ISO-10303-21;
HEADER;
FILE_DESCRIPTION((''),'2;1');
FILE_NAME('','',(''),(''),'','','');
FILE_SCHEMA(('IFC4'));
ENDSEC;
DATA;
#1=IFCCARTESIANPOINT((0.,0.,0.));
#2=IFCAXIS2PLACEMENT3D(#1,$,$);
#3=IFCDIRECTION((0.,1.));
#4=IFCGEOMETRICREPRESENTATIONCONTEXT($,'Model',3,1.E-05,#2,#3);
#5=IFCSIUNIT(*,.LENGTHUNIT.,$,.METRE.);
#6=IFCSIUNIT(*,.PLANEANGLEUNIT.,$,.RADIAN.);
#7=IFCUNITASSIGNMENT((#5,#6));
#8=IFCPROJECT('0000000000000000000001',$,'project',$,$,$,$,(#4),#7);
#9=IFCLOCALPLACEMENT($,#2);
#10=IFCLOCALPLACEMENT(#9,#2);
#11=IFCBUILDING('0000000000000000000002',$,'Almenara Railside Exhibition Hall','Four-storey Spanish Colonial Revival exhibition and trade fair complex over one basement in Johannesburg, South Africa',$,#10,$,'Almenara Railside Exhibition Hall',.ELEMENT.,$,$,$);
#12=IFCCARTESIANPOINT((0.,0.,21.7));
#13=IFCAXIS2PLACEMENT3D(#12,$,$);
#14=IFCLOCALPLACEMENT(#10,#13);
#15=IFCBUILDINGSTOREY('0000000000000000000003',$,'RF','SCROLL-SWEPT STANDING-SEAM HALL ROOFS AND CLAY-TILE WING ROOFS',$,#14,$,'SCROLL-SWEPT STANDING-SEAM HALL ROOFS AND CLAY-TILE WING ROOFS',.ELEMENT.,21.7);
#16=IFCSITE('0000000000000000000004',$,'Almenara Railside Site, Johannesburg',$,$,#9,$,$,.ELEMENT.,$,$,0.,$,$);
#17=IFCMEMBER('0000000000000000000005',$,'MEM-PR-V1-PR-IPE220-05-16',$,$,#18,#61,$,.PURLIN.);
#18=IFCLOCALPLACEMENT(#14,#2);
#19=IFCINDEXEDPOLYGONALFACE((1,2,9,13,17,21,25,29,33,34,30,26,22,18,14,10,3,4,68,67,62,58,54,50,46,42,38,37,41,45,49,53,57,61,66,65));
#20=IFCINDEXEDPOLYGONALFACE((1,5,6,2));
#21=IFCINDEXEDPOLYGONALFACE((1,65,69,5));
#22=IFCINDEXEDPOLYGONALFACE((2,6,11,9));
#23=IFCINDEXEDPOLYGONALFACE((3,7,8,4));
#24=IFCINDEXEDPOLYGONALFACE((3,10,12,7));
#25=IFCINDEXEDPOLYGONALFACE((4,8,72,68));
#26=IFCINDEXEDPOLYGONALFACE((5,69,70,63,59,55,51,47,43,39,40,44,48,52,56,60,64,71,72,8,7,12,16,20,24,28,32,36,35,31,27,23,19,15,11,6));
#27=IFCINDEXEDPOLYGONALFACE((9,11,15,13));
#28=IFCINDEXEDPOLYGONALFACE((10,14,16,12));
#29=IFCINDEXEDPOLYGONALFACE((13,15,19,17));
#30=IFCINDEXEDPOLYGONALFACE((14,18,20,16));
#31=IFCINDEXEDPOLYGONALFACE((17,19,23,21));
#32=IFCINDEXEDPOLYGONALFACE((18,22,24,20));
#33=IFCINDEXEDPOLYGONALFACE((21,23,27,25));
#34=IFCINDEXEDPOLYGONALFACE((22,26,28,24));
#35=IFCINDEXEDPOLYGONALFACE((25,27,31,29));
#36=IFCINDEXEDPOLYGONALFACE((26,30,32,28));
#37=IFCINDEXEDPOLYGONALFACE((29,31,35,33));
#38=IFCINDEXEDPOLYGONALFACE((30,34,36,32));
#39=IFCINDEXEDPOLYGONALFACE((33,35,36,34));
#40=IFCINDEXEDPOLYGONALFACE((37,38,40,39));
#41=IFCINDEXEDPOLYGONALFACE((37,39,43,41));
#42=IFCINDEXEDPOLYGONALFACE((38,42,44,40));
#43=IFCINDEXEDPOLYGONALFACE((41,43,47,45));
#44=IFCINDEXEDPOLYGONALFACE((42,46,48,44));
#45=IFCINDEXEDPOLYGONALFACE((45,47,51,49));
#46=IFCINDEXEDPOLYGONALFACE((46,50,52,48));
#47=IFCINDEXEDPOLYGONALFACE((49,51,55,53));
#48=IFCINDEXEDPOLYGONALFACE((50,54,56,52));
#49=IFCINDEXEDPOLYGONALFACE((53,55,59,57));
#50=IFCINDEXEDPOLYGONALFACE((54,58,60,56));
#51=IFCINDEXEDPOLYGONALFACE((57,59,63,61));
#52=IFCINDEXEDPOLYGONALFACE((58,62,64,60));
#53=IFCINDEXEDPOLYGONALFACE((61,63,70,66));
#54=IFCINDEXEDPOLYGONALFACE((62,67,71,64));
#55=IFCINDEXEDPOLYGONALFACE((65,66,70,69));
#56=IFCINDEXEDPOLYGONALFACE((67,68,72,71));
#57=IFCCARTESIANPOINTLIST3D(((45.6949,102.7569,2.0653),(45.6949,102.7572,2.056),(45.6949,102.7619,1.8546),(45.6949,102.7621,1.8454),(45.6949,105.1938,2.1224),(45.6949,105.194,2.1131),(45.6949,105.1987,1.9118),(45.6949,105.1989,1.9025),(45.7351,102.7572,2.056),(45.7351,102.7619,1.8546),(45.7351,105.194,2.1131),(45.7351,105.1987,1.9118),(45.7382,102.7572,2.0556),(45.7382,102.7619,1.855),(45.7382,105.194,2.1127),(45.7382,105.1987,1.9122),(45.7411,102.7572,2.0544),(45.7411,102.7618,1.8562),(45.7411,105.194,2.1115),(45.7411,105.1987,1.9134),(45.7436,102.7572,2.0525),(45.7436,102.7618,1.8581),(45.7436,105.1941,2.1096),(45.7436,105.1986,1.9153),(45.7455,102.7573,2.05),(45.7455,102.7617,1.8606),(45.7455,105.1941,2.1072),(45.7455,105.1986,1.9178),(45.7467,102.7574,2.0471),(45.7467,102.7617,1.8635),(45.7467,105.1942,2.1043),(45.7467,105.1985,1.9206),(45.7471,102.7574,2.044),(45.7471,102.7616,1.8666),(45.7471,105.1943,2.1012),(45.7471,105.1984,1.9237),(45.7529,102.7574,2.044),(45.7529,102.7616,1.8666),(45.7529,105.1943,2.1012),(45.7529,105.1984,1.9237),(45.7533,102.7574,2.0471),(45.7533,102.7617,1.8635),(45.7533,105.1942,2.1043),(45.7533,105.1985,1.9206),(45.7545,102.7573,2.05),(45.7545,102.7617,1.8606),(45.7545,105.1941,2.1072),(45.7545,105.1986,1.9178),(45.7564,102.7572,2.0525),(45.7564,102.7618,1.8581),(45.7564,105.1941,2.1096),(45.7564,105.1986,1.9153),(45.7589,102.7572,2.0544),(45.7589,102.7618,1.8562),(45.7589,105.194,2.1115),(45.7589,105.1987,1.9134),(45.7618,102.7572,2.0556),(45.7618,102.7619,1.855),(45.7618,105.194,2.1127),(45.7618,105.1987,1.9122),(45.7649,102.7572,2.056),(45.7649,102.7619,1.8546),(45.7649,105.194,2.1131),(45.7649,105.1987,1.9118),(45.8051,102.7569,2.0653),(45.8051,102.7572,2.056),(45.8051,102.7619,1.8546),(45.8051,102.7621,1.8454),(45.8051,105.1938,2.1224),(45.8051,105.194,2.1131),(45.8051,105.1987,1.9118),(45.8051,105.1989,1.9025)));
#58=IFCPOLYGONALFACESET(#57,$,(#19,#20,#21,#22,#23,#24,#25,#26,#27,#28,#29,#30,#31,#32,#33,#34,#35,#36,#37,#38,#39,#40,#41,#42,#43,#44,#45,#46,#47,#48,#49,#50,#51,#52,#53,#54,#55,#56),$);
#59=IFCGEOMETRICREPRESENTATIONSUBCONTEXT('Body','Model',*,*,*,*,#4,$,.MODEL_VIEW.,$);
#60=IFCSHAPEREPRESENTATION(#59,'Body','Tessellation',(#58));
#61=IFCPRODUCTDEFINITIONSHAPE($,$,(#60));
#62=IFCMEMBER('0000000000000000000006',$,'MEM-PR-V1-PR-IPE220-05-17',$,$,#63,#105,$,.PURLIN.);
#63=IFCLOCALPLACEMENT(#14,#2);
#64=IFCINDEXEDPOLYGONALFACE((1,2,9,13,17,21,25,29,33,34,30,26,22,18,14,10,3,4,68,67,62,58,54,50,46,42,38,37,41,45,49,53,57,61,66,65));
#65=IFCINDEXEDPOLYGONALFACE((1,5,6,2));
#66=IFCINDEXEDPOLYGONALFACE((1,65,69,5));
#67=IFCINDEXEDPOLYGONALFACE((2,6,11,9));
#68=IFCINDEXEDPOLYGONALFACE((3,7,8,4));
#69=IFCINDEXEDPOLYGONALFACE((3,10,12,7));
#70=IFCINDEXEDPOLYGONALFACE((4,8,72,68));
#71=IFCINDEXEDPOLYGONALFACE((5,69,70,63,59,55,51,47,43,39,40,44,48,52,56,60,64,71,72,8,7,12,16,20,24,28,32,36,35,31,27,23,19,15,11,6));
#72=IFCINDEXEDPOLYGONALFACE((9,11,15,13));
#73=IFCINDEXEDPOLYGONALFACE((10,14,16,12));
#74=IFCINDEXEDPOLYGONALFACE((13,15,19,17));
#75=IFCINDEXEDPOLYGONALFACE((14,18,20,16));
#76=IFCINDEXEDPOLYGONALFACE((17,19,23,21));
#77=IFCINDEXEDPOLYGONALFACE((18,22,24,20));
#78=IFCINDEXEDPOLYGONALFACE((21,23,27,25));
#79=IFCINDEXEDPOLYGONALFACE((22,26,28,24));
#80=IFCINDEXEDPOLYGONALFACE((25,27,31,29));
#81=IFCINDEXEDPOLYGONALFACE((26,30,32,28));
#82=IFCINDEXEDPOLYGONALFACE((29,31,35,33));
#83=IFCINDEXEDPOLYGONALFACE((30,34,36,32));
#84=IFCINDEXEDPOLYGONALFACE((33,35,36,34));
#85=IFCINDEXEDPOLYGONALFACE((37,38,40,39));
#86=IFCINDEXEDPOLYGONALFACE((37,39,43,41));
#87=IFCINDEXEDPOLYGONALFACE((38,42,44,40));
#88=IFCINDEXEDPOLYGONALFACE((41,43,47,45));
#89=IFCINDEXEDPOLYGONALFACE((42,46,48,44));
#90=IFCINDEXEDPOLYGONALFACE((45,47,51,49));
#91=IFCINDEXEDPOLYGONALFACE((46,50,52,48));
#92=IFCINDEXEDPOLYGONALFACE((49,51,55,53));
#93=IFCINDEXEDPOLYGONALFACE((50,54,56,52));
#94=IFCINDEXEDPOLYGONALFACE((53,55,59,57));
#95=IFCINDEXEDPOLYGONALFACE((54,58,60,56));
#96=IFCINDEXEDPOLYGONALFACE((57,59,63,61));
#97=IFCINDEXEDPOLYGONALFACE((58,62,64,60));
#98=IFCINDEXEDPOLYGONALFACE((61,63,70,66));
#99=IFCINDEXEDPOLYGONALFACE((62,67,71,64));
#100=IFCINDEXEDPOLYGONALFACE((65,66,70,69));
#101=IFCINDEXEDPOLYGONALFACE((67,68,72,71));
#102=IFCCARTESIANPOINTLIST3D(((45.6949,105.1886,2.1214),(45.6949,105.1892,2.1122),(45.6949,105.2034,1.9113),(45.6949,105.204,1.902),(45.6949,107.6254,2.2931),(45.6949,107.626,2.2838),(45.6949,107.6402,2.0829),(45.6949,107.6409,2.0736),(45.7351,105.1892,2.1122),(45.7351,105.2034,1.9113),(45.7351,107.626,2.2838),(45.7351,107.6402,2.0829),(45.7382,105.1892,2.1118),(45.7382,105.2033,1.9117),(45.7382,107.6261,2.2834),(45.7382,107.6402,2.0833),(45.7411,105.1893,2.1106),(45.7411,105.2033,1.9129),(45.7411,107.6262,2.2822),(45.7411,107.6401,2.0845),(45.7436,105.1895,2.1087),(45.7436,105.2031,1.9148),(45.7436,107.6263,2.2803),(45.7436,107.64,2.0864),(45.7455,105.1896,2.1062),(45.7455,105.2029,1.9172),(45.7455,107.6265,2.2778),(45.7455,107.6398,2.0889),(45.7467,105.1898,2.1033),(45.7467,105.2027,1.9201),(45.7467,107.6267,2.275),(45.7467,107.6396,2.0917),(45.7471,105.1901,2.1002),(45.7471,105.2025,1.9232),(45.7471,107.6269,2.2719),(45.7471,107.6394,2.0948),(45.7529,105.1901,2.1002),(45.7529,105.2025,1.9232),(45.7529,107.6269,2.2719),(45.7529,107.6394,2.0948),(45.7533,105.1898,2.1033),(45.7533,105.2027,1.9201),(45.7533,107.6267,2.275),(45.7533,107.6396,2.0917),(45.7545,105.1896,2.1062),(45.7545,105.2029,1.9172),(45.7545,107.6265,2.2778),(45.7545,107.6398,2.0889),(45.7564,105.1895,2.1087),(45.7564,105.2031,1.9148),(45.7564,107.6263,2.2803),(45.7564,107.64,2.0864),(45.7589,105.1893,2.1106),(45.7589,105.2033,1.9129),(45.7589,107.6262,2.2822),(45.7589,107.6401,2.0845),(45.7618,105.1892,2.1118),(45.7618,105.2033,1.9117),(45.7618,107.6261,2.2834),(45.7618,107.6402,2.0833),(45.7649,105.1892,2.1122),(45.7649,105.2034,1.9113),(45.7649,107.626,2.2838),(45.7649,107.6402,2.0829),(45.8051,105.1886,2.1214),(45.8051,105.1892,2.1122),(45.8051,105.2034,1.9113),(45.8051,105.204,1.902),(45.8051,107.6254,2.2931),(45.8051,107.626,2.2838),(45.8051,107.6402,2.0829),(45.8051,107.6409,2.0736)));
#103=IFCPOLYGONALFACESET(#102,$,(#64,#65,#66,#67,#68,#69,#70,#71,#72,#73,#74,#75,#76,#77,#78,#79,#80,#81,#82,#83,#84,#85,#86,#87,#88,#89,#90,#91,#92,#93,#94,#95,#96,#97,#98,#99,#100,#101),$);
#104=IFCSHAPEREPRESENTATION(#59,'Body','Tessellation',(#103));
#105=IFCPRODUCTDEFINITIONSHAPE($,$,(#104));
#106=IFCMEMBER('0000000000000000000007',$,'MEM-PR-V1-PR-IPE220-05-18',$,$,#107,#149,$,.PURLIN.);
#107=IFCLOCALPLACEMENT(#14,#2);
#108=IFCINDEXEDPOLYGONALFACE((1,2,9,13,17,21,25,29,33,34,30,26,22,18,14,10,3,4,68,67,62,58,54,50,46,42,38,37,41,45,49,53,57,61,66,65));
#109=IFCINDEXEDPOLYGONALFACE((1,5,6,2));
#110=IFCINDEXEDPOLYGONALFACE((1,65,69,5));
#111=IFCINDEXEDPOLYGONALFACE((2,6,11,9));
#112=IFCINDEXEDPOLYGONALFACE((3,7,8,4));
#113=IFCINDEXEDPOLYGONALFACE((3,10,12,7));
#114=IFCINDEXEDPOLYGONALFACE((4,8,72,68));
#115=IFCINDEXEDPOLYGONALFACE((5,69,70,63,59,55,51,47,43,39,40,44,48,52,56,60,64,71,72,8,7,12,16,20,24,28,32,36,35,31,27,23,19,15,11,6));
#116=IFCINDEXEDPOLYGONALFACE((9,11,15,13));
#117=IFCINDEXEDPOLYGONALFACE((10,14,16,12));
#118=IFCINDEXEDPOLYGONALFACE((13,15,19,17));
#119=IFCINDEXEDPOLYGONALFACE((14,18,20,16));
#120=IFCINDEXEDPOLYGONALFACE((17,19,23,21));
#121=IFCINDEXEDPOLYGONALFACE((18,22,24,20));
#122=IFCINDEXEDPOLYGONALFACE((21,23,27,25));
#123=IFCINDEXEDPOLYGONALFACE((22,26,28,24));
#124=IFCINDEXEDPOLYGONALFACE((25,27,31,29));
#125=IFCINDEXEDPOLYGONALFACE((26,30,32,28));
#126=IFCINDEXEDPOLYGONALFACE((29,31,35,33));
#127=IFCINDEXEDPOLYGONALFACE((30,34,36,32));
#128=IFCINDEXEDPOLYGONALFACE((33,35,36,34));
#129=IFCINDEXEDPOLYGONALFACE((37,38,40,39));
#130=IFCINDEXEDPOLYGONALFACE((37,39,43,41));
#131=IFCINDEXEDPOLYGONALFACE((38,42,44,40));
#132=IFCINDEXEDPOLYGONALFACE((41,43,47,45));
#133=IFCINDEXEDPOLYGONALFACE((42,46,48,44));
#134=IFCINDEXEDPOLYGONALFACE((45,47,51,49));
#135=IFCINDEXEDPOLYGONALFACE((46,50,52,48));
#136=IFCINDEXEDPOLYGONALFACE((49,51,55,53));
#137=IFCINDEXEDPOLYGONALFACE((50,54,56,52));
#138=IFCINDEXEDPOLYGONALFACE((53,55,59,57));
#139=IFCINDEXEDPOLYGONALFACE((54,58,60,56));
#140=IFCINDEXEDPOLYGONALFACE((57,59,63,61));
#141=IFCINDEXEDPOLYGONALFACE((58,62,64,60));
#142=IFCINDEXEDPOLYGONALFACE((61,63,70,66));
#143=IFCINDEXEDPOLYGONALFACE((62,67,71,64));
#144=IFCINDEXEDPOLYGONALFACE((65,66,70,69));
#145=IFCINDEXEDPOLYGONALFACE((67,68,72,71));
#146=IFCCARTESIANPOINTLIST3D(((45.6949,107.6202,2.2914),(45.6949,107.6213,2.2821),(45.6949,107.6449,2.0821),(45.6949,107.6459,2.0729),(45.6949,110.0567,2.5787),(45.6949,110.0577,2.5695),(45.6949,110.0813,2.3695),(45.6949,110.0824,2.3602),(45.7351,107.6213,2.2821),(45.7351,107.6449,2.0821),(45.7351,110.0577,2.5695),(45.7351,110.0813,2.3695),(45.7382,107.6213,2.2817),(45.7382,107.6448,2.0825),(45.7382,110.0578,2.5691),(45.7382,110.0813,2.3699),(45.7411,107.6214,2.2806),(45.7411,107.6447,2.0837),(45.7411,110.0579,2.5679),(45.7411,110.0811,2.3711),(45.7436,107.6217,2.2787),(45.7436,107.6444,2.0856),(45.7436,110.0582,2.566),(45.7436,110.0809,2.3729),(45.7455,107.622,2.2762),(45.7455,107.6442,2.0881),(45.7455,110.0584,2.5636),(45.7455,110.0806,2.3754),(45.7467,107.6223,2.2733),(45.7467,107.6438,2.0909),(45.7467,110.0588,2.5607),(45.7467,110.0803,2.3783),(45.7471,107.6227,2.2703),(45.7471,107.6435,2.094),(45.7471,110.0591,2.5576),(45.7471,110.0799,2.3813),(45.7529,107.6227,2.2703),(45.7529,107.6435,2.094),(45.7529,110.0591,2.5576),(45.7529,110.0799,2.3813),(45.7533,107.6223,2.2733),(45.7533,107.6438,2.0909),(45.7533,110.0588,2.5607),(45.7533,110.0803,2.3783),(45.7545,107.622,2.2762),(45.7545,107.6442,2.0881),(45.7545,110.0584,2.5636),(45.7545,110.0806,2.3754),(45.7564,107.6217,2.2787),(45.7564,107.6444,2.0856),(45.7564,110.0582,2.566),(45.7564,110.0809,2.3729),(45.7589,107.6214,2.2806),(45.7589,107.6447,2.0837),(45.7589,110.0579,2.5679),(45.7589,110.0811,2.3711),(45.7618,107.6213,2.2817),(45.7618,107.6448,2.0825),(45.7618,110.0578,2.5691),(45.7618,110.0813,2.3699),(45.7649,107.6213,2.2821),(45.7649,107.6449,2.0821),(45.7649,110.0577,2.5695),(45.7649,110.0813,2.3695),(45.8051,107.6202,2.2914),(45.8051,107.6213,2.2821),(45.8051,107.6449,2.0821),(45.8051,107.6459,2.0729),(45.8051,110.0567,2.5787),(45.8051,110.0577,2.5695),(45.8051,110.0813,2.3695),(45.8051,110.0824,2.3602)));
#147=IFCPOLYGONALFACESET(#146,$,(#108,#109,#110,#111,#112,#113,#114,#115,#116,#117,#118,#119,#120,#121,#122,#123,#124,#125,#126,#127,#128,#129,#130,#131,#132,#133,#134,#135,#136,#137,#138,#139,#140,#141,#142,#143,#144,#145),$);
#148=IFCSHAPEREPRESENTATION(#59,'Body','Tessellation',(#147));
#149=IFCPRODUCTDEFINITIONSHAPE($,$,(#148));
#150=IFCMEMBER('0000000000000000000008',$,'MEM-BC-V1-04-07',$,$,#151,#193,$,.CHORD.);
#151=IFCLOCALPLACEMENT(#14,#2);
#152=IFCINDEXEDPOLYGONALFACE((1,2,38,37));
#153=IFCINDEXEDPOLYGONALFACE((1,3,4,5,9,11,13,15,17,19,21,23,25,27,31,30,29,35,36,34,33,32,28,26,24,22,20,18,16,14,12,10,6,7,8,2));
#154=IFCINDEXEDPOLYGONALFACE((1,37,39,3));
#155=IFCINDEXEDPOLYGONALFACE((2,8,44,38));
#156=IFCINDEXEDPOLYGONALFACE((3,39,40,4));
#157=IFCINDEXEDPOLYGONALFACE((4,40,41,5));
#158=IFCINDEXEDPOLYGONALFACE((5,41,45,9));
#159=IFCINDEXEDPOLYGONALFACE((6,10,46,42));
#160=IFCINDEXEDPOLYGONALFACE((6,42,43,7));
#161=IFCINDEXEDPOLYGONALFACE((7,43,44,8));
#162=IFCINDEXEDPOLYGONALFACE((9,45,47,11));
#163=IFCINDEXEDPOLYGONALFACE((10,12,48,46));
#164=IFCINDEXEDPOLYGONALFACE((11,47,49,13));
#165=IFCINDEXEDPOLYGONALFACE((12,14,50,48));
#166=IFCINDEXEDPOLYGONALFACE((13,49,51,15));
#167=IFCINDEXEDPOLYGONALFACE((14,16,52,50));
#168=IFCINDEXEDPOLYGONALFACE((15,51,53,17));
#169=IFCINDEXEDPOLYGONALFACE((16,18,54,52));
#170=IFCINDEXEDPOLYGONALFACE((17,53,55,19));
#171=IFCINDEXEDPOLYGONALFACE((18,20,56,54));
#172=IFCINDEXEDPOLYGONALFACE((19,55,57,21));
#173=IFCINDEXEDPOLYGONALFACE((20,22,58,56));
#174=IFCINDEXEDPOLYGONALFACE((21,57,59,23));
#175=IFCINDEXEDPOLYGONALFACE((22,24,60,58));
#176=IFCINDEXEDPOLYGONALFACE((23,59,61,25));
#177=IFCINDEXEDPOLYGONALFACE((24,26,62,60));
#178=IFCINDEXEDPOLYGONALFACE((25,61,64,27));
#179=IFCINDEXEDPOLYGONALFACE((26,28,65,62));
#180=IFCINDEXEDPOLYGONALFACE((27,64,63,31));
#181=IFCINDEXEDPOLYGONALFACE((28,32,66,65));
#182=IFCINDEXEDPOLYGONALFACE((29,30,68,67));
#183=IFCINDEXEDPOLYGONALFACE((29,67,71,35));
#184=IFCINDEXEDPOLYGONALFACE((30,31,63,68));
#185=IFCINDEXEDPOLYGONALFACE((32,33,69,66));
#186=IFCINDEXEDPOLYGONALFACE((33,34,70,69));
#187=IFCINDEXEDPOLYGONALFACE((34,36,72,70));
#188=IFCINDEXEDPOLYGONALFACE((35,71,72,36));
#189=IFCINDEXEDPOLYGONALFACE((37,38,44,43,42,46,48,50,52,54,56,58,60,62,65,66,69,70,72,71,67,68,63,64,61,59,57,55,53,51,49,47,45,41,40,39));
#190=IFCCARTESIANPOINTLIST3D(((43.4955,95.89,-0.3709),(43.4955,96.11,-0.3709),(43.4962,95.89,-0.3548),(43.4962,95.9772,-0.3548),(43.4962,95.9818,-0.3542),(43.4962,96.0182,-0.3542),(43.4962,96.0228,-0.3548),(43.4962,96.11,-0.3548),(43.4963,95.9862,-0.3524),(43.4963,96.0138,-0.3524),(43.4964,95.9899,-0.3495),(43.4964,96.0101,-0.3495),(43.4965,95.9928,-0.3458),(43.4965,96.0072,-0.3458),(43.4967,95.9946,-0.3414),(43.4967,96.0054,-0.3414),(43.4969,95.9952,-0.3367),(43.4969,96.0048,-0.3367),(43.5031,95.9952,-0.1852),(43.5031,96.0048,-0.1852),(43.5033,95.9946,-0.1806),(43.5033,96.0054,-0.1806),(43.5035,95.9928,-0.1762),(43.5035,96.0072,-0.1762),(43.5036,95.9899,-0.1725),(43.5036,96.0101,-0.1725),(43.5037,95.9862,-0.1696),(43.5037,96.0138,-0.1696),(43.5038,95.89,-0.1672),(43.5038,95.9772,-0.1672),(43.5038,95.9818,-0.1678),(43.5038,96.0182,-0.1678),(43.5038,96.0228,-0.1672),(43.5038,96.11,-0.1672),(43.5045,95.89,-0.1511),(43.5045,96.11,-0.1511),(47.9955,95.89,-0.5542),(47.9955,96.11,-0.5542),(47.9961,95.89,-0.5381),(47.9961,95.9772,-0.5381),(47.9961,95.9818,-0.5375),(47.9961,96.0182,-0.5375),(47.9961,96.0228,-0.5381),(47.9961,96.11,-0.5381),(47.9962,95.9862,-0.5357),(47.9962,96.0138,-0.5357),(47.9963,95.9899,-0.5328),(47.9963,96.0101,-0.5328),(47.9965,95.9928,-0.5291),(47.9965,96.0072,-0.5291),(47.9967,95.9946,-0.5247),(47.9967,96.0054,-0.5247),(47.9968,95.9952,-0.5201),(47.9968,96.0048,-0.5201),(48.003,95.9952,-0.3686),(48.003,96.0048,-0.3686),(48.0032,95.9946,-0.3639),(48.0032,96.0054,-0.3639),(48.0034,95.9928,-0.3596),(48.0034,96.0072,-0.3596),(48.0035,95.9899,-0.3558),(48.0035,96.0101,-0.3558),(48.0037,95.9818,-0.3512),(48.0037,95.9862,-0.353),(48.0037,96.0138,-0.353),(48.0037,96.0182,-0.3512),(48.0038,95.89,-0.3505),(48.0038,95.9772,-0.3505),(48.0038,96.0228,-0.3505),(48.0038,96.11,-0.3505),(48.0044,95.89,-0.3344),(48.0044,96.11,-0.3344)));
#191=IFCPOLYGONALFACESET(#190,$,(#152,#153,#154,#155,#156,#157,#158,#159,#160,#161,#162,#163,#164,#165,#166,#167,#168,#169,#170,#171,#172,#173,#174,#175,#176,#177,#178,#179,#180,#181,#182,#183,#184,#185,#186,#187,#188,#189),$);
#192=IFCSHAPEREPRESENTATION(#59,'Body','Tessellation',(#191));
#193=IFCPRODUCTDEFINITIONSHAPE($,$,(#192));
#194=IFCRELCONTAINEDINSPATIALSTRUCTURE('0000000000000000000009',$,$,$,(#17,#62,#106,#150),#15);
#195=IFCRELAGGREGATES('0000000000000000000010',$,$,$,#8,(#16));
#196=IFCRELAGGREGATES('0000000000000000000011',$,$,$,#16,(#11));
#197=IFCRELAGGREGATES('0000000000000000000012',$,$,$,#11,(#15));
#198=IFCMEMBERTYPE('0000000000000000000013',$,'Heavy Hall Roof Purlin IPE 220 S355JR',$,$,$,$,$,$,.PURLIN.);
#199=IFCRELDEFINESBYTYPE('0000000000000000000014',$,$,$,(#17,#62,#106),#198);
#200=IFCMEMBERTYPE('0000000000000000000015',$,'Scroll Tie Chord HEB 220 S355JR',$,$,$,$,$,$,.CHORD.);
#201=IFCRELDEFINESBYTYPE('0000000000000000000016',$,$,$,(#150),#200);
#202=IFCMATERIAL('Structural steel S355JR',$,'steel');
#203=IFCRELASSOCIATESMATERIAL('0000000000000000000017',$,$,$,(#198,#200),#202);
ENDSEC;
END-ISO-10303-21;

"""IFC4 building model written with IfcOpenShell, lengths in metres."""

from ifc_helpers import new_model, si_unit, direction, frame, origin, origin_2d, place, context, subcontext, project, spatial, i_section, extrude, material, material_profile, profile_set, type_object, element, save


model = new_model("IFC4")

# Units and contexts
model_context = context("Model", 3, precision=1e-05, world=origin(), true_north=direction((0.0, 1.0)))
body_context = subcontext(model_context, "Body", "Model", "MODEL_VIEW")
ifc_project = project(units=[si_unit("LENGTHUNIT", "METRE"), si_unit("PLANEANGLEUNIT", "RADIAN")], contexts=[model_context])

# Site, building, storey
site_placement = place(None, origin())
site = spatial("IfcSite", under=ifc_project, at=site_placement, Name="Almenara Railside Site, Johannesburg", CompositionType="ELEMENT", RefElevation=0.0)
building_placement = place(site_placement, origin())
building = spatial("IfcBuilding", under=site, at=building_placement, Name="Almenara Railside Exhibition Hall", Description="Four-storey Spanish Colonial Revival exhibition and trade fair complex over one basement in Johannesburg, South Africa", LongName="Almenara Railside Exhibition Hall", CompositionType="ELEMENT")
storey_placement = place(building_placement, frame((0.0, 0.0, 21.7)))
storey = spatial("IfcBuildingStorey", under=building, at=storey_placement, Name="RF", Description="SCROLL-SWEPT STANDING-SEAM HALL ROOFS AND CLAY-TILE WING ROOFS", LongName="SCROLL-SWEPT STANDING-SEAM HALL ROOFS AND CLAY-TILE WING ROOFS", CompositionType="ELEMENT", Elevation=21.7)

# Members
ifc_material_1 = material(Name="Structural steel S355JR", Category="steel")
ifc_material_profile_1 = material_profile(ifc_material_1, i_section(OverallWidth=0.1101, OverallDepth=0.22, WebThickness=0.0059, FlangeThickness=0.0093, FilletRadius=0.012, at=origin_2d()), Name="IPE 220")
ifc_profile_set_1 = profile_set([ifc_material_profile_1], Name="Structural steel S355JR")
member_type_1 = type_object("IfcMemberType", Name="Heavy Hall Roof Purlin IPE 220 S355JR", PredefinedType="PURLIN", material=ifc_profile_set_1)
member_1_placement = place(storey_placement, frame((45.75, 102.7595, 1.9553), z_axis=(0.0, 0.999725, 0.023438), x_axis=(-1.0, 0.0, 0.0)))
element("IfcMember", 1, at=member_1_placement, inside=storey, type_object=member_type_1, Name="MEM-PR-V1-PR-IPE220-05-16", PredefinedType="PURLIN", context=body_context, shape_type="SweptSolid", body=[
    extrude(i_section(OverallWidth=0.1101, OverallDepth=0.22, WebThickness=0.0059, FlangeThickness=0.0093, FilletRadius=0.012, at=origin_2d()), origin(), (0.0, 0.0, 1.0), 2.4375),
])
member_2_placement = place(storey_placement, frame((45.75, 105.1963, 2.0117), z_axis=(0.0, 0.997529, 0.07026), x_axis=(-1.0, 0.0, 0.0)))
element("IfcMember", 2, at=member_2_placement, inside=storey, type_object=member_type_1, Name="MEM-PR-V1-PR-IPE220-05-17", PredefinedType="PURLIN", context=body_context, shape_type="SweptSolid", body=[
    extrude(i_section(OverallWidth=0.1101, OverallDepth=0.22, WebThickness=0.0059, FlangeThickness=0.0093, FilletRadius=0.012, at=origin_2d()), origin(), (0.0, 0.0, 1.0), 2.4429),
])
member_3_placement = place(storey_placement, frame((45.75, 107.6331, 2.1821), z_axis=(0.0, 0.993117, 0.117124), x_axis=(-1.0, 0.0, 0.0)))
element("IfcMember", 3, at=member_3_placement, inside=storey, type_object=member_type_1, Name="MEM-PR-V1-PR-IPE220-05-18", PredefinedType="PURLIN", context=body_context, shape_type="SweptSolid", body=[
    extrude(i_section(OverallWidth=0.1101, OverallDepth=0.22, WebThickness=0.0059, FlangeThickness=0.0093, FilletRadius=0.012, at=origin_2d()), origin(), (0.0, 0.0, 1.0), 2.4534),
])
ifc_material_profile_2 = material_profile(ifc_material_1, i_section(OverallWidth=0.22, OverallDepth=0.22, WebThickness=0.0095, FlangeThickness=0.0161, FilletRadius=0.0181, at=origin_2d()), Name="HEB 220")
ifc_profile_set_2 = profile_set([ifc_material_profile_2], Name="Structural steel S355JR")
member_type_2 = type_object("IfcMemberType", Name="Scroll Tie Chord HEB 220 S355JR", PredefinedType="CHORD", material=ifc_profile_set_2)
member_4_placement = place(storey_placement, frame((43.5, 96.0, -0.261), z_axis=(0.999171, 0.0, -0.040711), x_axis=(0.0, 1.0, 0.0)))
element("IfcMember", 4, at=member_4_placement, inside=storey, type_object=member_type_2, Name="MEM-BC-V1-04-07", PredefinedType="CHORD", context=body_context, shape_type="SweptSolid", body=[
    extrude(i_section(OverallWidth=0.22, OverallDepth=0.22, WebThickness=0.0095, FlangeThickness=0.0161, FilletRadius=0.0181, at=origin_2d()), origin(), (0.0, 0.0, 1.0), 4.5037),
])

save(model, "model.ifc")
